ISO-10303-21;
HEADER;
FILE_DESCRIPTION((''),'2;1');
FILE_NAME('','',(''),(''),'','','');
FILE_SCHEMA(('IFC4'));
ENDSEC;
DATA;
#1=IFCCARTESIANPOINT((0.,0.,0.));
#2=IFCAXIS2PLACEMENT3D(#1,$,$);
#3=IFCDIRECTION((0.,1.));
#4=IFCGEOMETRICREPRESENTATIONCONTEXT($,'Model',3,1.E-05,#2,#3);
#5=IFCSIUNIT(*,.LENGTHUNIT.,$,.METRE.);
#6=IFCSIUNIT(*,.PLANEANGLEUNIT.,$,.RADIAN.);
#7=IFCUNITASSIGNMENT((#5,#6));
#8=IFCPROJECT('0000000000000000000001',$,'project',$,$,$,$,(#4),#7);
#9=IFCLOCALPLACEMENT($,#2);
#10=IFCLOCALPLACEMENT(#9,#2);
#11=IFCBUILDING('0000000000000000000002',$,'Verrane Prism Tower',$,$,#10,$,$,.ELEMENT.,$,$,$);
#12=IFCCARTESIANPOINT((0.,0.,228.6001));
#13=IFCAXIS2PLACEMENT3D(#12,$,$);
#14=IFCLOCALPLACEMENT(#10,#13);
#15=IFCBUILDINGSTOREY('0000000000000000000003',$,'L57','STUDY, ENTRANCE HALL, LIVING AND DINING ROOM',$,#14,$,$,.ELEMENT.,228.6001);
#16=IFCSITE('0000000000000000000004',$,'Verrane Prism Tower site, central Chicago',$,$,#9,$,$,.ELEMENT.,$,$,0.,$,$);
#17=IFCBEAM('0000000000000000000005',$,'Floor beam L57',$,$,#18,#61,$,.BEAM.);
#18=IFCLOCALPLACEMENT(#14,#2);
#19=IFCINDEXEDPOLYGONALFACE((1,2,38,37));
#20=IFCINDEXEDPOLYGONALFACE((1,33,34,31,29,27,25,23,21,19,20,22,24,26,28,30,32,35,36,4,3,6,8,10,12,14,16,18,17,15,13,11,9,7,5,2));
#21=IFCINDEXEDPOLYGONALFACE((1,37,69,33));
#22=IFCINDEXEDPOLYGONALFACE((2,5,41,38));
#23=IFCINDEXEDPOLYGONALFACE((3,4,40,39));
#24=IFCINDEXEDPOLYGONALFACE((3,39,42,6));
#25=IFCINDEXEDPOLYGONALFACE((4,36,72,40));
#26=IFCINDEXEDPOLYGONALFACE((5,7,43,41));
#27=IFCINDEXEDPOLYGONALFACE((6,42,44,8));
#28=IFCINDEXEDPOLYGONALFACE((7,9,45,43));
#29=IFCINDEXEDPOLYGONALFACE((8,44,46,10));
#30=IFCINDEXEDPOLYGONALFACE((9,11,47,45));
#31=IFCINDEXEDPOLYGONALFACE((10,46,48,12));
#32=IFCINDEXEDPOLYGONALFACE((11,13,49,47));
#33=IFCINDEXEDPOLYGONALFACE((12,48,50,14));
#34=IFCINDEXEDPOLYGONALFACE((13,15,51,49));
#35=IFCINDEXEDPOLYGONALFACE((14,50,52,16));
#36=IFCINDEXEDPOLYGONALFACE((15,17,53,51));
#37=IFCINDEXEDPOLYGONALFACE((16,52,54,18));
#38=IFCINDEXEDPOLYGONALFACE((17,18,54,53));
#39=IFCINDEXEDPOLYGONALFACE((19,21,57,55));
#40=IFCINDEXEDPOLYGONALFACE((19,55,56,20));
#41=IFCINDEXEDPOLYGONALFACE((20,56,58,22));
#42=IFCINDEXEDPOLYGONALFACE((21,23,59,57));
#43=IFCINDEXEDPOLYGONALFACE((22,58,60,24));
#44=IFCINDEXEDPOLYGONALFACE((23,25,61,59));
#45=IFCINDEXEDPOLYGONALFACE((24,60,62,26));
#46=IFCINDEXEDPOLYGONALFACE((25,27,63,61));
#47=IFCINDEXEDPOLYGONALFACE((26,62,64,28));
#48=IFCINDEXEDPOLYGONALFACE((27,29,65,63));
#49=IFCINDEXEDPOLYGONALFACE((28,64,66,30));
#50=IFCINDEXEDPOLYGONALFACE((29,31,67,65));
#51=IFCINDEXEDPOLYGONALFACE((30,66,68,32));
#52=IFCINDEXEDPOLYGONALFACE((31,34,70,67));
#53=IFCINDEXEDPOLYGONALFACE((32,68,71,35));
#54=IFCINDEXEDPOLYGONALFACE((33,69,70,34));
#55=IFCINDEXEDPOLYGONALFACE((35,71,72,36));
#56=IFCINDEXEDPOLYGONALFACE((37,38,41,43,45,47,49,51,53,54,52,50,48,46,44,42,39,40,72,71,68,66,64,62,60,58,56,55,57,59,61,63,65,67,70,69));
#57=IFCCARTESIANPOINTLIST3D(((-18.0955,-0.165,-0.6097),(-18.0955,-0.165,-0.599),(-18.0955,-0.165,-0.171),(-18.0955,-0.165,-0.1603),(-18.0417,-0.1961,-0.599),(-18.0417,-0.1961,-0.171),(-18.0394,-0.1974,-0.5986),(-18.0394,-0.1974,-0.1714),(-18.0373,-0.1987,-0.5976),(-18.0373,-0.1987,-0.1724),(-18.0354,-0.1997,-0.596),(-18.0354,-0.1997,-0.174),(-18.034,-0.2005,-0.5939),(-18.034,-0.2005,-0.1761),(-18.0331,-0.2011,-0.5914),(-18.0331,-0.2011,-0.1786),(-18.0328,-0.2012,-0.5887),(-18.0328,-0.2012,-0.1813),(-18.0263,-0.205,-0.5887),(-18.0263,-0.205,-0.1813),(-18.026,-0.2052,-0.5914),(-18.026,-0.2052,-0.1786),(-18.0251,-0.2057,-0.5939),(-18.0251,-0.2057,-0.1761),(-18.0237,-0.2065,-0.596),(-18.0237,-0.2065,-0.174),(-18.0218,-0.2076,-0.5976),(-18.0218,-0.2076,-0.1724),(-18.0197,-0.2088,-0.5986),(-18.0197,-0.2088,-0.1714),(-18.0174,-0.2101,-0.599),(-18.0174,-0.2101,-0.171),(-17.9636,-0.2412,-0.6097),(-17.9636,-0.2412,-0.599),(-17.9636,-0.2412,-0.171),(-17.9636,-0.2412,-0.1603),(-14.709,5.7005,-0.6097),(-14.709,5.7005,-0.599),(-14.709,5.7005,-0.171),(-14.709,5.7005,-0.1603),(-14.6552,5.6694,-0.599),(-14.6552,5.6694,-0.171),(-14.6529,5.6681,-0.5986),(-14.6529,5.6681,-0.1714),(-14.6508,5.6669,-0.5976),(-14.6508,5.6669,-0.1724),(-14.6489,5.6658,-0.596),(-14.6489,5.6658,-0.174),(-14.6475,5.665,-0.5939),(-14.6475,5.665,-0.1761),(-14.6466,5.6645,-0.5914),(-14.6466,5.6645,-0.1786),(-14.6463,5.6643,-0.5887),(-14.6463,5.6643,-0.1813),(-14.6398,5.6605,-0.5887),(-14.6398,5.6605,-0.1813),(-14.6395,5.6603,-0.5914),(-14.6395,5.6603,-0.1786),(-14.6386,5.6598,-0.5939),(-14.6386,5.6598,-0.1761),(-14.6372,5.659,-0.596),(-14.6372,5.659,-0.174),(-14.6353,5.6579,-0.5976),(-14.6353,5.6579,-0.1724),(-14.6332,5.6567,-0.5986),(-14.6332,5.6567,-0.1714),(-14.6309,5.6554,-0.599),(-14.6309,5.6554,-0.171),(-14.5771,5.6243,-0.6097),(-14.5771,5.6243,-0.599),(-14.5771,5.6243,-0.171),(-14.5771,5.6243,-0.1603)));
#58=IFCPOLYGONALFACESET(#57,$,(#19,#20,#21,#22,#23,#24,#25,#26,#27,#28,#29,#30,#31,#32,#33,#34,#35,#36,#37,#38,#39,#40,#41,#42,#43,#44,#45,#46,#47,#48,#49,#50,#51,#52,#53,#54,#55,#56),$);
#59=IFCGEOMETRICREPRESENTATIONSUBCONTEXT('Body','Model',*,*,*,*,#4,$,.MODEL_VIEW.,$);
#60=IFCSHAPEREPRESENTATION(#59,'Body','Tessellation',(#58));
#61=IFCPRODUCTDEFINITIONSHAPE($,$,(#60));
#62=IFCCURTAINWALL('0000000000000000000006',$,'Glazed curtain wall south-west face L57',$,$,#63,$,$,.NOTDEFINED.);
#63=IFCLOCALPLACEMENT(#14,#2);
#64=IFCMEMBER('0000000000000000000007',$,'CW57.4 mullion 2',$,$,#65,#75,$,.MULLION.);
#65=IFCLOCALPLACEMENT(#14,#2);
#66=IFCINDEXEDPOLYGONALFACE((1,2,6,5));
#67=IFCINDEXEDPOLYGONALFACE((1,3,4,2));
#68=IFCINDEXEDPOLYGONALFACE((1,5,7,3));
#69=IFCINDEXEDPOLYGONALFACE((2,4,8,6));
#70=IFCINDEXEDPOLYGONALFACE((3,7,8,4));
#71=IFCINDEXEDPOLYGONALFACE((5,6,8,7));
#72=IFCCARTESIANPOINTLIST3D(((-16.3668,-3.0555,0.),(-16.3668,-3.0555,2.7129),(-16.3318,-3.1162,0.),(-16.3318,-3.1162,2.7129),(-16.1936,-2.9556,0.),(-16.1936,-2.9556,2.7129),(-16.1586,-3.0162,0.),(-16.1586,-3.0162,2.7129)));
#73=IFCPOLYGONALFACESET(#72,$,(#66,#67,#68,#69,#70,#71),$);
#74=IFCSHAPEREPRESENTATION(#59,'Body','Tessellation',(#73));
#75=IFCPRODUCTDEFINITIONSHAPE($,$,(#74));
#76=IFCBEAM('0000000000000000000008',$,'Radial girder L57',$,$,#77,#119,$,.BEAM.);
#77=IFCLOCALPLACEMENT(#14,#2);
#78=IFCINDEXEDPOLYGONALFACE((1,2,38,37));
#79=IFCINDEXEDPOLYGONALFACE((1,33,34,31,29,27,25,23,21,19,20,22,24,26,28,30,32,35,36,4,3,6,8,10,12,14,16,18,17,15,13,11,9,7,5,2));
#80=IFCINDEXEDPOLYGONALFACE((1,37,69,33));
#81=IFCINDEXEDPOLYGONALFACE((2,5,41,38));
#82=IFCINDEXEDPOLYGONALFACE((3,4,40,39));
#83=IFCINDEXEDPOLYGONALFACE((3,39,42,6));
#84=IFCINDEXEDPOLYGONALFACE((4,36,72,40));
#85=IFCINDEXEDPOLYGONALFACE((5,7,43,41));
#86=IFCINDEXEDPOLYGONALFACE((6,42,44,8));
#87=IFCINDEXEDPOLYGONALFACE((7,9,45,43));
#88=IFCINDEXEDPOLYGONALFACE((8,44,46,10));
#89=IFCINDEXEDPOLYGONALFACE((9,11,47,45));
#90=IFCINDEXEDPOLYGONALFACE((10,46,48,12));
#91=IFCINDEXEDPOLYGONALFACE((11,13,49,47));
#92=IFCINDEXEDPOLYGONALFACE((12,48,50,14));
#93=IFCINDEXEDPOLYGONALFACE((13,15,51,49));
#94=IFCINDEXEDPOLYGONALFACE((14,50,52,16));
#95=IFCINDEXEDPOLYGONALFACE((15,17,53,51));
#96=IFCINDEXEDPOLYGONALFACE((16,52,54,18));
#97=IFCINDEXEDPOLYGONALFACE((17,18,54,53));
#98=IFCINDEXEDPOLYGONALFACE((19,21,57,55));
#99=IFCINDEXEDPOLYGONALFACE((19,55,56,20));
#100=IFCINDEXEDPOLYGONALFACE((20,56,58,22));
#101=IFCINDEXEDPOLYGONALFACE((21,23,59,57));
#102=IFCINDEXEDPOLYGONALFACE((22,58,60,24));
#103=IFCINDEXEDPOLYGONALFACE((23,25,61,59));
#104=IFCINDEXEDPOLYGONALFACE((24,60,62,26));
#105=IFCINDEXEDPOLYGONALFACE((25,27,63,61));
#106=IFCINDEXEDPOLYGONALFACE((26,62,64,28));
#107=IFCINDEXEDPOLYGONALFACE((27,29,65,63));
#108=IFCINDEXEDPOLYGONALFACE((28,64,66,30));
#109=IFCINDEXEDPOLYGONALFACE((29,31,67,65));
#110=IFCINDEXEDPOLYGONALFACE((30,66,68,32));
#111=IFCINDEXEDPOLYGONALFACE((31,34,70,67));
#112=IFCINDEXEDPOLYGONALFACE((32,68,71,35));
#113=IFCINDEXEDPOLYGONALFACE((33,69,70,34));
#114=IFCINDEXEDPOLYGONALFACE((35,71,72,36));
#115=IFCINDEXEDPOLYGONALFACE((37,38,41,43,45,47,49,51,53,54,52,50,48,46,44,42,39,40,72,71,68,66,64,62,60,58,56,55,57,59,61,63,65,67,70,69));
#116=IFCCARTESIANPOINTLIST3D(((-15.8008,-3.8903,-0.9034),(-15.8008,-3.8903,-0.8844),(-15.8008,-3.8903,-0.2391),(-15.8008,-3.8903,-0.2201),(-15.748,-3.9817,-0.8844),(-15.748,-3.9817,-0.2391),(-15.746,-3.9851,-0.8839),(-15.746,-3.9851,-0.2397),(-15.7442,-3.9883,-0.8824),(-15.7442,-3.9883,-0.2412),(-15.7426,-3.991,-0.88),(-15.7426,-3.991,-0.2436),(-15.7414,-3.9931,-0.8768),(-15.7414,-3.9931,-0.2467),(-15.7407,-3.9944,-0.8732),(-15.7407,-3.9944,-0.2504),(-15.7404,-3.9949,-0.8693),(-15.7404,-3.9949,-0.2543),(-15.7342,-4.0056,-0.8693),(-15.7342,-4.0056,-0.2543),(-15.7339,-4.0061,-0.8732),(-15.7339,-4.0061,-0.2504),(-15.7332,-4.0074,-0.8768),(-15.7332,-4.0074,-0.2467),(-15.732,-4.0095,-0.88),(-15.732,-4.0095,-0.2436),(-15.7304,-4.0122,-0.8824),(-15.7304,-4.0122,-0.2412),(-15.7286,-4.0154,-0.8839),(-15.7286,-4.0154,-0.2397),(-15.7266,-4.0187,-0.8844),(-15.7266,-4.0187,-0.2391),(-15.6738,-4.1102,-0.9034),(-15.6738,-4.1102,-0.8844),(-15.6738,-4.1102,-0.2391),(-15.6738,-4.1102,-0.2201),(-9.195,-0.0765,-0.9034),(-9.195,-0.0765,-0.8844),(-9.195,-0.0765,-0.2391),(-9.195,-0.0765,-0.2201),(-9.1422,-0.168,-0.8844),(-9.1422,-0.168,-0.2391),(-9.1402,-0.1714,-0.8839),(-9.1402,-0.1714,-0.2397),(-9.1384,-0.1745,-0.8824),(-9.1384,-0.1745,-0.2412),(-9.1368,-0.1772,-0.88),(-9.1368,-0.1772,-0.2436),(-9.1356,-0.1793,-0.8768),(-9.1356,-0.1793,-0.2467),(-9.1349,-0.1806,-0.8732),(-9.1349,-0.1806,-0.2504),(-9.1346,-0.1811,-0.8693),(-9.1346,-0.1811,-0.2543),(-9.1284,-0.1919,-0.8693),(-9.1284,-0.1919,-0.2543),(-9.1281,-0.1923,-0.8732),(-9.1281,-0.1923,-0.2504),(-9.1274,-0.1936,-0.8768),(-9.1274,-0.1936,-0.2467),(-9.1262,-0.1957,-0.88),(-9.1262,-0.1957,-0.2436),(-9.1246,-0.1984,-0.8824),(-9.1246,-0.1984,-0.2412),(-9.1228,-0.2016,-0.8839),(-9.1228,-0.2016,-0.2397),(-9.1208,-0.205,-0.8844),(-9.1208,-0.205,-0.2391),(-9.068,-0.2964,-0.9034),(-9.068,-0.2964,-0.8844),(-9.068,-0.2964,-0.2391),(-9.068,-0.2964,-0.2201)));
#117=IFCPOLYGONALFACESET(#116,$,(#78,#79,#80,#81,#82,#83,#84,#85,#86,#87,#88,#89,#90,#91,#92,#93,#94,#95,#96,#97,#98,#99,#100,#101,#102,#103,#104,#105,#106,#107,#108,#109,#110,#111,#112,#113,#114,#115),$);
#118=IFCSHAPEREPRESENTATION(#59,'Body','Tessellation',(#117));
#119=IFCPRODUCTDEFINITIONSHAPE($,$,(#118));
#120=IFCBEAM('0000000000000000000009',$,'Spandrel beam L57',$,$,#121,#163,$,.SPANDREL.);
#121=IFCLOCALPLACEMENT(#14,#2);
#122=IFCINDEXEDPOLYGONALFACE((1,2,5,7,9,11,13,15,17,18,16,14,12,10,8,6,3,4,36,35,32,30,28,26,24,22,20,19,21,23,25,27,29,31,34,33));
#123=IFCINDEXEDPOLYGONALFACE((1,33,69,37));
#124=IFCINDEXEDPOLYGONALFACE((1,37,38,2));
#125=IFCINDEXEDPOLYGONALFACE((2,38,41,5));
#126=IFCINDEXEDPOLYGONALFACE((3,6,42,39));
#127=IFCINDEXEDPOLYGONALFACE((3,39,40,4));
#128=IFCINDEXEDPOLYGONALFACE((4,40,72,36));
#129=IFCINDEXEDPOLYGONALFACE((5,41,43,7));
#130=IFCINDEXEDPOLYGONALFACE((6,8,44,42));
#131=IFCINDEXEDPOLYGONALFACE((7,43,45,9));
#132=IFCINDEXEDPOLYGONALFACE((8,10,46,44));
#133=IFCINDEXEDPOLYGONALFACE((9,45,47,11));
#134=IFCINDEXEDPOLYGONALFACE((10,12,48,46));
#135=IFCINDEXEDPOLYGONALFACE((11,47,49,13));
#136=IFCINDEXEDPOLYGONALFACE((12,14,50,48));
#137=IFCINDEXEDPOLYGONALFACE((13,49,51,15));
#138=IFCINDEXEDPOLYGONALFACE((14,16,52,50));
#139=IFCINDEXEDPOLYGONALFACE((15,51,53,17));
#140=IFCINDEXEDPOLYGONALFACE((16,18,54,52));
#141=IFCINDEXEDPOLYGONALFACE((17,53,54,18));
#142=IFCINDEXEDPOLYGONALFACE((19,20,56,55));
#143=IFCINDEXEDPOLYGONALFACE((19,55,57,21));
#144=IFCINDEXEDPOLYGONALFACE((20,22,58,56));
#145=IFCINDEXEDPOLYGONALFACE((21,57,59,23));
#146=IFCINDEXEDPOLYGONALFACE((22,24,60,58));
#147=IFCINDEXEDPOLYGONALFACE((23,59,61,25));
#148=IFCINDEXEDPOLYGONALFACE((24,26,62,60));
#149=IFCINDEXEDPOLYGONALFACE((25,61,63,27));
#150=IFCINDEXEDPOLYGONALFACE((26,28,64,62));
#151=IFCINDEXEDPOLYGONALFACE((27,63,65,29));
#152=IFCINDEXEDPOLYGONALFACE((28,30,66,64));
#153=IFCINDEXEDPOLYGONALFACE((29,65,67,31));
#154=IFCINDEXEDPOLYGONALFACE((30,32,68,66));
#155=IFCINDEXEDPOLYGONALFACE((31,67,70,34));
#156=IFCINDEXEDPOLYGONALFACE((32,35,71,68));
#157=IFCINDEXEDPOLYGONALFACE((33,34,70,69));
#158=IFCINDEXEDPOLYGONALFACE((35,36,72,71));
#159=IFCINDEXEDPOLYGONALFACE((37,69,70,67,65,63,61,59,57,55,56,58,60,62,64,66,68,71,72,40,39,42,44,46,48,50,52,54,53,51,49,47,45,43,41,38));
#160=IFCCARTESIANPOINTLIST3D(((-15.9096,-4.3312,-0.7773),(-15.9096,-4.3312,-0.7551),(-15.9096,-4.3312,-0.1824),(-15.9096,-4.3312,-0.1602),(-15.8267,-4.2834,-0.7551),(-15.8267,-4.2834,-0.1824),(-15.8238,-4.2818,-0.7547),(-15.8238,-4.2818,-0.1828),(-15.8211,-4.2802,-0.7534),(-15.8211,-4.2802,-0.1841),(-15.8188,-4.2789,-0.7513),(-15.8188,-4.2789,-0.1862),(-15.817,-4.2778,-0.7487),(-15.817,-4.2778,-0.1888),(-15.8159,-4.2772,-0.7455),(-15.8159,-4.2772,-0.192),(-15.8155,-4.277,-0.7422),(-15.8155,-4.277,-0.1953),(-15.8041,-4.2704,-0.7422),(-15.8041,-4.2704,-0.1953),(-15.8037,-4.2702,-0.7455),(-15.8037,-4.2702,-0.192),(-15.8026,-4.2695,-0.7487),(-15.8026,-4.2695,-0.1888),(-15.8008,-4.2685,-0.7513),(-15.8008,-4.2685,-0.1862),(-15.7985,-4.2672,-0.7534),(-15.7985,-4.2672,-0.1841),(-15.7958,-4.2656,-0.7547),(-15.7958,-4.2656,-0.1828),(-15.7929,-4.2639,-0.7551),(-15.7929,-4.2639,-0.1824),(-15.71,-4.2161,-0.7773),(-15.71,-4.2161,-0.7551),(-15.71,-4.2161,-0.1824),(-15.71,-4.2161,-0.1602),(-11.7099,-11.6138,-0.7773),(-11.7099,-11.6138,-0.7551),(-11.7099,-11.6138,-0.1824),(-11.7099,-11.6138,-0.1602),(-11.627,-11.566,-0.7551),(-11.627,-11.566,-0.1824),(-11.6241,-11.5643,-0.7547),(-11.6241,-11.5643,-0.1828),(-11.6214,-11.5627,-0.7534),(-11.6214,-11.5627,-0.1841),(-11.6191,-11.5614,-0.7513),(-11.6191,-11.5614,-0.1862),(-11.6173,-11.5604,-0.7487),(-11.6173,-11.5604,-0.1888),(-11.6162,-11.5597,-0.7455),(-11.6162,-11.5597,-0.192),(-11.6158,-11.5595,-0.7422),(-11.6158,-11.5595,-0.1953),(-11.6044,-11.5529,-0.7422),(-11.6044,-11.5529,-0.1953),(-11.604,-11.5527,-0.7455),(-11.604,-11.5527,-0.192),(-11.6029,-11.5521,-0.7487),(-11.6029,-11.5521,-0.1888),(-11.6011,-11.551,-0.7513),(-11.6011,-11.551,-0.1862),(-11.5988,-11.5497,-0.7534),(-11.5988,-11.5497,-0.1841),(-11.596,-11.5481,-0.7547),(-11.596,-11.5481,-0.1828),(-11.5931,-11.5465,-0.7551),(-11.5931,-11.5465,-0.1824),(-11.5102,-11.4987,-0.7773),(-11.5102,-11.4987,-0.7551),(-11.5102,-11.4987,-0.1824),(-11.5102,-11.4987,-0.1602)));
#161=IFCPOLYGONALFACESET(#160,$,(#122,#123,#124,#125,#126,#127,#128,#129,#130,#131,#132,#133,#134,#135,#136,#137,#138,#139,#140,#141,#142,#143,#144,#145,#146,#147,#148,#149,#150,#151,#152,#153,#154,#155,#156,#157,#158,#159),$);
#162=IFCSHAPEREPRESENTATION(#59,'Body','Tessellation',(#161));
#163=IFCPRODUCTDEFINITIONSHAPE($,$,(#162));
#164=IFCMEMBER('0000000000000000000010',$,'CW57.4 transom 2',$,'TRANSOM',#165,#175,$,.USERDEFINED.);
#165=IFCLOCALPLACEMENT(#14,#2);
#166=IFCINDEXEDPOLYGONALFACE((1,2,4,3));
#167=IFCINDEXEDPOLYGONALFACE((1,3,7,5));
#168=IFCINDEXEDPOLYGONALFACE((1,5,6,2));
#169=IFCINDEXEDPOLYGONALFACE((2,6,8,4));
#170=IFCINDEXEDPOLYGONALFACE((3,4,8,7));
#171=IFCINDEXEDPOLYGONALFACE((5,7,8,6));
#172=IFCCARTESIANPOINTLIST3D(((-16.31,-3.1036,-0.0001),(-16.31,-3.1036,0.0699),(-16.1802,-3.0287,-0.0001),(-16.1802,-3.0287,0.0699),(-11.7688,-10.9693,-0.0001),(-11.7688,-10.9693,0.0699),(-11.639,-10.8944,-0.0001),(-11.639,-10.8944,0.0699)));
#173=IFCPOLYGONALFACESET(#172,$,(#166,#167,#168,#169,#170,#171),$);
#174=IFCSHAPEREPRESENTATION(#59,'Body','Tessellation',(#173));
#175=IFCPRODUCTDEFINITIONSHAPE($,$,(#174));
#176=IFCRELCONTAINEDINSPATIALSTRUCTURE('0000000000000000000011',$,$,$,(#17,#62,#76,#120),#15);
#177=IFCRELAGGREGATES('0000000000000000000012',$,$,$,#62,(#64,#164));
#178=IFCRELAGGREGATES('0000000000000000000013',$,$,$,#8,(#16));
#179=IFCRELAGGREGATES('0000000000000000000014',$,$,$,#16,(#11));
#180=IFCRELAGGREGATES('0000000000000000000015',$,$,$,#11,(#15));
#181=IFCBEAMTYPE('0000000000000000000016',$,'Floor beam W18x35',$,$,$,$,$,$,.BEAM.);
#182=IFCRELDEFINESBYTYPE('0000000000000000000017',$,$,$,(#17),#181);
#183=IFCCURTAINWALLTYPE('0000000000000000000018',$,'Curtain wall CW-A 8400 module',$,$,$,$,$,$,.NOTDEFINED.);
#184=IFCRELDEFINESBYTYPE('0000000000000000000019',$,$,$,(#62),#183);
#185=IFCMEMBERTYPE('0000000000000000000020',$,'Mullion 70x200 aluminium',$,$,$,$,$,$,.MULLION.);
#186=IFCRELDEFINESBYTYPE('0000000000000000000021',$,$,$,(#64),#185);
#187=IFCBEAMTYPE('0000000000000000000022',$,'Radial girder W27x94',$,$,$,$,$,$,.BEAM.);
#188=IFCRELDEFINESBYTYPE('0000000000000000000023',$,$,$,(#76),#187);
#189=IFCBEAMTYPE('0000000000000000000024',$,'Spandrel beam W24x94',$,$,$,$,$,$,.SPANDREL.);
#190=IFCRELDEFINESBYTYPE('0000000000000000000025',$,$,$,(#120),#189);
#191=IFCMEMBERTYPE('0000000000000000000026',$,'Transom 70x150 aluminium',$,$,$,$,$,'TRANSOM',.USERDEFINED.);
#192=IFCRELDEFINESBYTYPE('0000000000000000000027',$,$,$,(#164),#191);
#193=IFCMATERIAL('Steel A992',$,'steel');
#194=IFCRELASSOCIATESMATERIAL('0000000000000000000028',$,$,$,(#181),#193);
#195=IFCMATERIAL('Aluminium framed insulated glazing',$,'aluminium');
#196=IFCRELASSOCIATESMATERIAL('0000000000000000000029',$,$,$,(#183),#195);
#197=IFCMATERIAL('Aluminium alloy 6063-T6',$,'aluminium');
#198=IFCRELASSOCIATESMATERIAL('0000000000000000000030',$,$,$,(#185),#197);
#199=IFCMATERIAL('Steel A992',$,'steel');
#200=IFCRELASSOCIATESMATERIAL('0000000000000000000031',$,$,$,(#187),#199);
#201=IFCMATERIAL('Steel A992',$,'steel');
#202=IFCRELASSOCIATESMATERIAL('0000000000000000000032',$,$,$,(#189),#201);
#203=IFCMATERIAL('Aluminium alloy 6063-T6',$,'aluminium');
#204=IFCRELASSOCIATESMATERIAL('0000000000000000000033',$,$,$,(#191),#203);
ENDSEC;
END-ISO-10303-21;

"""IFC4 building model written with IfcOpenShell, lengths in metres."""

from ifc_helpers import new_model, si_unit, direction, frame, origin, origin_2d, place, context, subcontext, project, spatial, rectangle, i_section, extrude, material, material_profile, profile_set, type_object, element, aggregate, save


model = new_model("IFC4")

# Units and contexts
model_context = context("Model", 3, precision=1e-05, world=origin(), true_north=direction((0.0, 1.0)))
body_context = subcontext(model_context, "Body", "Model", "MODEL_VIEW")
ifc_project = project(units=[si_unit("LENGTHUNIT", "METRE"), si_unit("PLANEANGLEUNIT", "RADIAN")], contexts=[model_context])

# Site, building, storey
site_placement = place(None, origin())
site = spatial("IfcSite", under=ifc_project, at=site_placement, Name="Verrane Prism Tower site, central Chicago", CompositionType="ELEMENT", RefElevation=0.0)
building_placement = place(site_placement, origin())
building = spatial("IfcBuilding", under=site, at=building_placement, Name="Verrane Prism Tower", CompositionType="ELEMENT")
storey_placement = place(building_placement, frame((0.0, 0.0, 228.6001)))
storey = spatial("IfcBuildingStorey", under=building, at=storey_placement, Name="L57", Description="STUDY, ENTRANCE HALL, LIVING AND DINING ROOM", CompositionType="ELEMENT", Elevation=228.6001)

# Beam
ifc_material_1 = material(Name="Steel A992", Category="steel")
ifc_material_profile_1 = material_profile(ifc_material_1, i_section(OverallWidth=0.1523, OverallDepth=0.4495, WebThickness=0.0076, FlangeThickness=0.0107, FilletRadius=0.0103, at=origin_2d()), Name="W18x35")
ifc_profile_set_1 = profile_set([ifc_material_profile_1], Name="Steel A992")
beam_type_1 = type_object("IfcBeamType", Name="Floor beam W18x35", PredefinedType="BEAM", material=ifc_profile_set_1)
beam_1_placement = place(storey_placement, frame((-18.0295, -0.2031, -0.385), z_axis=(0.500004, 0.866023, 0.0), x_axis=(-0.866023, 0.500004, 0.0)))
element("IfcBeam", 1, at=beam_1_placement, inside=storey, type_object=beam_type_1, Name="Floor beam L57", PredefinedType="BEAM", context=body_context, shape_type="SweptSolid", body=[
    extrude(i_section(OverallWidth=0.1523, OverallDepth=0.4495, WebThickness=0.0076, FlangeThickness=0.0107, FilletRadius=0.0103, at=origin_2d()), origin(), (0.0, 0.0, 1.0), 6.7729),
])

# Curtain wall, member
ifc_material_2 = material(Name="Aluminium framed insulated glazing", Category="aluminium")
curtain_wall_type = type_object("IfcCurtainWallType", Name="Curtain wall CW-A 8400 module", PredefinedType="NOTDEFINED", material=ifc_material_2)
curtain_wall_placement = place(storey_placement, origin())
curtain_wall = element("IfcCurtainWall", 2, at=curtain_wall_placement, inside=storey, type_object=curtain_wall_type, Name="Glazed curtain wall south-west face L57", PredefinedType="NOTDEFINED")
ifc_material_3 = material(Name="Aluminium alloy 6063-T6", Category="aluminium")
ifc_material_profile_2 = material_profile(ifc_material_3, rectangle(XDim=0.2, YDim=0.0701, at=origin_2d()), Name="Mullion 70x200 aluminium")
ifc_profile_set_2 = profile_set([ifc_material_profile_2], Name="Aluminium alloy 6063-T6")
member_type_1 = type_object("IfcMemberType", Name="Mullion 70x200 aluminium", PredefinedType="MULLION", material=ifc_profile_set_2)
member_1_placement = place(storey_placement, frame((-16.2627, -3.0359, 0.0), z_axis=(0.0, 0.0, 1.0), x_axis=(0.866025, 0.5, 0.0)))
member_1 = element("IfcMember", 3, at=member_1_placement, type_object=member_type_1, Name="CW57.4 mullion 2", PredefinedType="MULLION", context=body_context, shape_type="SweptSolid", body=[
    extrude(rectangle(XDim=0.2, YDim=0.0701, at=origin_2d()), origin(), (0.0, 0.0, 1.0), 2.7129),
])

# Beams
ifc_material_4 = material(Name="Steel A992", Category="steel")
ifc_material_profile_3 = material_profile(ifc_material_4, i_section(OverallWidth=0.2539, OverallDepth=0.6833, WebThickness=0.0125, FlangeThickness=0.019, FilletRadius=0.0151, at=origin_2d()), Name="W27x94")
ifc_profile_set_3 = profile_set([ifc_material_profile_3], Name="Steel A992")
beam_type_2 = type_object("IfcBeamType", Name="Radial girder W27x94", PredefinedType="BEAM", material=ifc_profile_set_3)
beam_2_placement = place(storey_placement, frame((-15.7373, -4.0002, -0.5618), z_axis=(0.86603, 0.499991, 0.0), x_axis=(-0.499991, 0.86603, 0.0)))
element("IfcBeam", 4, at=beam_2_placement, inside=storey, type_object=beam_type_2, Name="Radial girder L57", PredefinedType="BEAM", context=body_context, shape_type="SweptSolid", body=[
    extrude(i_section(OverallWidth=0.2539, OverallDepth=0.6833, WebThickness=0.0125, FlangeThickness=0.019, FilletRadius=0.0151, at=origin_2d()), origin(), (0.0, 0.0, 1.0), 7.6277),
])
ifc_material_5 = material(Name="Steel A992", Category="steel")
ifc_material_profile_4 = material_profile(ifc_material_5, i_section(OverallWidth=0.2305, OverallDepth=0.6172, WebThickness=0.0132, FlangeThickness=0.0222, FilletRadius=0.0129, at=origin_2d()), Name="W24x94")
ifc_profile_set_4 = profile_set([ifc_material_profile_4], Name="Steel A992")
beam_type_3 = type_object("IfcBeamType", Name="Spandrel beam W24x94", PredefinedType="SPANDREL", material=ifc_profile_set_4)
beam_3_placement = place(storey_placement, frame((-15.8098, -4.2737, -0.4688), z_axis=(0.499569, -0.866274, 0.0), x_axis=(0.866274, 0.499569, 0.0)))
element("IfcBeam", 5, at=beam_3_placement, inside=storey, type_object=beam_type_3, Name="Spandrel beam L57", PredefinedType="SPANDREL", context=body_context, shape_type="SweptSolid", body=[
    extrude(i_section(OverallWidth=0.2305, OverallDepth=0.6172, WebThickness=0.0132, FlangeThickness=0.0222, FilletRadius=0.0129, at=origin_2d()), origin(), (0.0, 0.0, 1.0), 8.4067),
])

# Member
ifc_material_6 = material(Name="Aluminium alloy 6063-T6", Category="aluminium")
ifc_material_profile_5 = material_profile(ifc_material_6, rectangle(XDim=0.1499, YDim=0.0701, at=origin_2d()), Name="Transom 70x150 aluminium")
ifc_profile_set_5 = profile_set([ifc_material_profile_5], Name="Aluminium alloy 6063-T6")
member_type_2 = type_object("IfcMemberType", Name="Transom 70x150 aluminium", ElementType="TRANSOM", PredefinedType="USERDEFINED", material=ifc_profile_set_5)
member_2_placement = place(storey_placement, frame((-16.2451, -3.0662, 0.0349), z_axis=(0.499999, -0.866026, 0.0), x_axis=(0.866026, 0.499999, 0.0)))
member_2 = element("IfcMember", 6, at=member_2_placement, type_object=member_type_2, Name="CW57.4 transom 2", ObjectType="TRANSOM", PredefinedType="USERDEFINED", context=body_context, shape_type="SweptSolid", body=[
    extrude(rectangle(XDim=0.1499, YDim=0.0701, at=origin_2d()), origin(), (0.0, 0.0, 1.0), 9.0825),
])

aggregate(curtain_wall, [member_1, member_2])

save(model, "model.ifc")
